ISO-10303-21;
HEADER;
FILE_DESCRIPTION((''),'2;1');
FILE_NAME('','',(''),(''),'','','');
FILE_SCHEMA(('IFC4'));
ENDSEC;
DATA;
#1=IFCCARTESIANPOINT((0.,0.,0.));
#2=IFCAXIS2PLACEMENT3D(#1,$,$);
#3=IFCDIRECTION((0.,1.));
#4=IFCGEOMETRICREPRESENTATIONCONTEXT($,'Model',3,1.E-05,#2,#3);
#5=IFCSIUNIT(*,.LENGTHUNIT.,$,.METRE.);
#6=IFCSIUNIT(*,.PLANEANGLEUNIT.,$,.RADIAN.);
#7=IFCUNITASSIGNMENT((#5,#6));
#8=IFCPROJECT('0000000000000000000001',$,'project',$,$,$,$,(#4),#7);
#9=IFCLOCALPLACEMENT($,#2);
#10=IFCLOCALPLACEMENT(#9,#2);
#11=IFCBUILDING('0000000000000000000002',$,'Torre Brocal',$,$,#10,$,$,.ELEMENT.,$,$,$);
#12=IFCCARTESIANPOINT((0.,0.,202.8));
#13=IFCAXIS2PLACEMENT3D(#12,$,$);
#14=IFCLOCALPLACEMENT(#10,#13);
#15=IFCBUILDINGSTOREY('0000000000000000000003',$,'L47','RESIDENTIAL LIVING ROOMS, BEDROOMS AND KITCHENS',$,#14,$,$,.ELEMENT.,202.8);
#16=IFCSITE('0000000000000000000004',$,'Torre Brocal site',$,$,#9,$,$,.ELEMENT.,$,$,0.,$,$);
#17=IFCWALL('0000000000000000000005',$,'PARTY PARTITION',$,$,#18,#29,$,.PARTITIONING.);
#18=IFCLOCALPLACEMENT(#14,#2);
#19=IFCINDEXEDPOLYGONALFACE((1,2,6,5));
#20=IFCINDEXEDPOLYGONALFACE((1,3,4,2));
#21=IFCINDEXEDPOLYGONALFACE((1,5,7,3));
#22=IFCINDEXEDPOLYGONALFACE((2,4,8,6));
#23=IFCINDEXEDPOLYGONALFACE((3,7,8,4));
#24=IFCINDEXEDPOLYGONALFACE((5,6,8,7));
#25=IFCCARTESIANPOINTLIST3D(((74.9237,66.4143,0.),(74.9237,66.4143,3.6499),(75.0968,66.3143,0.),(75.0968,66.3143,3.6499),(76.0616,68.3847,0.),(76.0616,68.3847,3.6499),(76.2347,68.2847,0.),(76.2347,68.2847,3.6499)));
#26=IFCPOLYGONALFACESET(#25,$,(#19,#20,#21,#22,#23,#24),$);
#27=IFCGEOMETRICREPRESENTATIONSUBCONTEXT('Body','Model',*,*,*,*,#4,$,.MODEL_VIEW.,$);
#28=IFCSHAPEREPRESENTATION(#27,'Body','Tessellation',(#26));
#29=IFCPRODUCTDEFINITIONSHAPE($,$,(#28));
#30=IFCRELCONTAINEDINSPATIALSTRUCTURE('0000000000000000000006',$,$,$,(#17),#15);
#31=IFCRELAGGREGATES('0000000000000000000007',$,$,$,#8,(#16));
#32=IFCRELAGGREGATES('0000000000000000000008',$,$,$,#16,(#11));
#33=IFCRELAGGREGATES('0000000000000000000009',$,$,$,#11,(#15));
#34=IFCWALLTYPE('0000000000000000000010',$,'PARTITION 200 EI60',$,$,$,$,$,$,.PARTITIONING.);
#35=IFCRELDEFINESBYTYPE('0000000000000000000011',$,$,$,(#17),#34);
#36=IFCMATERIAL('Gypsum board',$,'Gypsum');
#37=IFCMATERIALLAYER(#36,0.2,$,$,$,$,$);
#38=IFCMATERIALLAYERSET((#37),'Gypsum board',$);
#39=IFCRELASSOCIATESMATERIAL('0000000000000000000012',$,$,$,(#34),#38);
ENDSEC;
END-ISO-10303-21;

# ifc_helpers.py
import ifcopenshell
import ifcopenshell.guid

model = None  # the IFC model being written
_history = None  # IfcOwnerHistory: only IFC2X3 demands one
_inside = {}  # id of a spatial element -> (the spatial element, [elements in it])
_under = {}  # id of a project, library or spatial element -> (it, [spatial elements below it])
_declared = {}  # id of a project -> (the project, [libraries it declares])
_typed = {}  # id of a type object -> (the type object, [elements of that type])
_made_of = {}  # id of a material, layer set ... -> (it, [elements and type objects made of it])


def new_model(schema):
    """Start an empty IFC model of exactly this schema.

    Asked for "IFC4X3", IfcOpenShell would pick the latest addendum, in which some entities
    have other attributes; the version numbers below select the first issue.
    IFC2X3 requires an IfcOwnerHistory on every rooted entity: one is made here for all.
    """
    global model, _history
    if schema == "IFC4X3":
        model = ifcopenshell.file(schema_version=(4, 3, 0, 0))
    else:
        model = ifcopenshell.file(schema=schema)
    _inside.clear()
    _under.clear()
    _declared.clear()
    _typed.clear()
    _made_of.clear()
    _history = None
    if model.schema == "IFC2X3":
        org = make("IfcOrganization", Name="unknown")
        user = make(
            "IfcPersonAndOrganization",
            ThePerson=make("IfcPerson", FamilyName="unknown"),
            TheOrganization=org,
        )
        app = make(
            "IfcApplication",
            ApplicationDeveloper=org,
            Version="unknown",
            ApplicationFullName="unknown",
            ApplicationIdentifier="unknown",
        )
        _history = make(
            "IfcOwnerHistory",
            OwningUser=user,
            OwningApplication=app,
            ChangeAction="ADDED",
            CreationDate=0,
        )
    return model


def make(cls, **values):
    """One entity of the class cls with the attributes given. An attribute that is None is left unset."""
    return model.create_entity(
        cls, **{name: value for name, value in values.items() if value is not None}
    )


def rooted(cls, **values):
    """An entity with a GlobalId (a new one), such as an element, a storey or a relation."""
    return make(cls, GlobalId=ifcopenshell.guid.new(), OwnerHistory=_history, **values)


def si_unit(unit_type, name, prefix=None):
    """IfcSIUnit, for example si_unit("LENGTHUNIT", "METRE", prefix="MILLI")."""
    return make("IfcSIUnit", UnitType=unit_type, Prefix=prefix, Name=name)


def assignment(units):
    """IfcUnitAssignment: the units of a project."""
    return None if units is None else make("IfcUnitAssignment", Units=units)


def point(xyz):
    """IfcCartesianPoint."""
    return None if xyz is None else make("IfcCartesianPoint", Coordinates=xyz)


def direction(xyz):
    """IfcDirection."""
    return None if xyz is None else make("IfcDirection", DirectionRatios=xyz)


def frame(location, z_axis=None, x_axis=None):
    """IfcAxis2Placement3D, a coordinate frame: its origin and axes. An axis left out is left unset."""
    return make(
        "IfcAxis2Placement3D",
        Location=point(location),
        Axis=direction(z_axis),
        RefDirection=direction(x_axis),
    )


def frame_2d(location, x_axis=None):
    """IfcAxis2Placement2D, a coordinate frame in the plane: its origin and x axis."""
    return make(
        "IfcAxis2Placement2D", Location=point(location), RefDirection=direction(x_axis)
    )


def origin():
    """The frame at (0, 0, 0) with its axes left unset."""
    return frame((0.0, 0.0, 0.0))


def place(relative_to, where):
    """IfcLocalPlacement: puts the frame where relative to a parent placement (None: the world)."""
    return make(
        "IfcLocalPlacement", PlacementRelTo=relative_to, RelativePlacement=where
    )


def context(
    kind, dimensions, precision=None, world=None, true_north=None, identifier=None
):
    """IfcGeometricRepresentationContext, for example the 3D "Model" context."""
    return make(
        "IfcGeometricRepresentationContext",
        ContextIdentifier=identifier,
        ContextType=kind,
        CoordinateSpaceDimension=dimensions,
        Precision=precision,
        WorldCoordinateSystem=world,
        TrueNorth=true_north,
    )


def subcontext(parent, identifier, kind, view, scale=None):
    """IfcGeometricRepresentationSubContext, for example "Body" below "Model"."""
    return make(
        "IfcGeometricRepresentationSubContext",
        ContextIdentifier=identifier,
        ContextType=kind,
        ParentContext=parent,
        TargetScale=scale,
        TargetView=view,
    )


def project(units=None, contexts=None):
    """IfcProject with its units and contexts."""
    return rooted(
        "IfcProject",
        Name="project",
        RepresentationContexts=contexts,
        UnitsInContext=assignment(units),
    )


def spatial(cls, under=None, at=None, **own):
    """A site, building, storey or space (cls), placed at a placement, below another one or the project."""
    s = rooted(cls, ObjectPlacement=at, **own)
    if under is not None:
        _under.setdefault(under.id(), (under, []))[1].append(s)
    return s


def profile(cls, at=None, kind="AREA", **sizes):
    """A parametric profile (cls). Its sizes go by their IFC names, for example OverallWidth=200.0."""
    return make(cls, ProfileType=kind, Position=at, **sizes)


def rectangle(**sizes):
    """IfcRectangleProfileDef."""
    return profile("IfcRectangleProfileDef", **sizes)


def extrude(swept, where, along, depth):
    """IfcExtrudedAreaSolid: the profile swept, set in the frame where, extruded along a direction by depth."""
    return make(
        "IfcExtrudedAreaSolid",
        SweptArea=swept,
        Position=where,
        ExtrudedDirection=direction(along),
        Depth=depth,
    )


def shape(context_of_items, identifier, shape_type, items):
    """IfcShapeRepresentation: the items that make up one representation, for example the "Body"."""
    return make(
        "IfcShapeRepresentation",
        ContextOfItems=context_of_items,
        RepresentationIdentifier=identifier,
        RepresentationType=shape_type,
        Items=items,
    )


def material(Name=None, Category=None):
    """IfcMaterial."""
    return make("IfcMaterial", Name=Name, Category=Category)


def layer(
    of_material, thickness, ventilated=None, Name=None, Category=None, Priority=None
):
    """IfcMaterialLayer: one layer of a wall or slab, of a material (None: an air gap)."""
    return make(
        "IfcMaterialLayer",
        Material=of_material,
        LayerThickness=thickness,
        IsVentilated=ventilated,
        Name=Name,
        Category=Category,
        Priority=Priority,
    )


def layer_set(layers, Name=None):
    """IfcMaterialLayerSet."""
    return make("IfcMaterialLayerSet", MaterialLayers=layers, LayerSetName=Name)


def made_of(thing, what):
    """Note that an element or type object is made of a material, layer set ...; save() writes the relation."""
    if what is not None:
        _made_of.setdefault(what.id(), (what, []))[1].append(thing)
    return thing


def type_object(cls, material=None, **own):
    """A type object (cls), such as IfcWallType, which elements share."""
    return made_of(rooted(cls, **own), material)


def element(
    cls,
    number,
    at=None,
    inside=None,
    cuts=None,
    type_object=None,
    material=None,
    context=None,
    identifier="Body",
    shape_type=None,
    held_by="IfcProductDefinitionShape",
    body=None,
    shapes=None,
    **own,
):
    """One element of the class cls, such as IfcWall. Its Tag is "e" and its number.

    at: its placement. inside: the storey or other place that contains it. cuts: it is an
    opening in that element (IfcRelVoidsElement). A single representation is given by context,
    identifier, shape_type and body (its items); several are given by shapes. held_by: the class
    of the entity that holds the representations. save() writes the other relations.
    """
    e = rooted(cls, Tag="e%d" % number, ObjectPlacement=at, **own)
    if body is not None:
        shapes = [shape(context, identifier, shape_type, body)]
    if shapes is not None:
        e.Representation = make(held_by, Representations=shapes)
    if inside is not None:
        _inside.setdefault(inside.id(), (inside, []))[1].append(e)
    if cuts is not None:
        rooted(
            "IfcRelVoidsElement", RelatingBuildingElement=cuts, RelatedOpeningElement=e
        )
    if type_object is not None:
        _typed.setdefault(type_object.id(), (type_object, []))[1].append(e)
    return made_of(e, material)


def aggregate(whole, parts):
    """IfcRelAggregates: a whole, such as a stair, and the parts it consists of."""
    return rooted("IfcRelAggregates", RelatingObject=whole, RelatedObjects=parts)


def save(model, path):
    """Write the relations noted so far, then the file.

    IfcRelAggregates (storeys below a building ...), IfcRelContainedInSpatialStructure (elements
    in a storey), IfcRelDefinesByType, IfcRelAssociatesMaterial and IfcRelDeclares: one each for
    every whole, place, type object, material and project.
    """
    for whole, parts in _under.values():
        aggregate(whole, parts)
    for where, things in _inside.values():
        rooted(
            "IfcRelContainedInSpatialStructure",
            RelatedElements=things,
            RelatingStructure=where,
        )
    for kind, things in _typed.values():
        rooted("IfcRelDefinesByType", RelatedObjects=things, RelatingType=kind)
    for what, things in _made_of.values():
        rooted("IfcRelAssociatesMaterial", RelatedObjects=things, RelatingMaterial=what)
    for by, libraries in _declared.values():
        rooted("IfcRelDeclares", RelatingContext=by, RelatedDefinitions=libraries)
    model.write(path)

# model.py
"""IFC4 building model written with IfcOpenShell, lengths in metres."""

from ifc_helpers import new_model, si_unit, direction, frame, frame_2d, origin, place, context, subcontext, project, spatial, rectangle, extrude, material, layer, layer_set, type_object, element, save


model = new_model("IFC4")

# Units and contexts
model_context = context("Model", 3, precision=1e-05, world=origin(), true_north=direction((0.0, 1.0)))
body_context = subcontext(model_context, "Body", "Model", "MODEL_VIEW")
ifc_project = project(units=[si_unit("LENGTHUNIT", "METRE"), si_unit("PLANEANGLEUNIT", "RADIAN")], contexts=[model_context])

# Site, building, storey
site_placement = place(None, origin())
site = spatial("IfcSite", under=ifc_project, at=site_placement, Name="Torre Brocal site", CompositionType="ELEMENT", RefElevation=0.0)
building_placement = place(site_placement, origin())
building = spatial("IfcBuilding", under=site, at=building_placement, Name="Torre Brocal", CompositionType="ELEMENT")
storey_placement = place(building_placement, frame((0.0, 0.0, 202.8)))
storey = spatial("IfcBuildingStorey", under=building, at=storey_placement, Name="L47", Description="RESIDENTIAL LIVING ROOMS, BEDROOMS AND KITCHENS", CompositionType="ELEMENT", Elevation=202.8)

# Shared definitions
ifc_material_1 = material(Name="Gypsum board", Category="Gypsum")
ifc_layer_1 = layer(ifc_material_1, 0.2)
ifc_layer_set_1 = layer_set([ifc_layer_1], Name="Gypsum board")
wall_type_1 = type_object("IfcWallType", Name="PARTITION 200 EI60", PredefinedType="PARTITIONING", material=ifc_layer_set_1)

# Wall
wall_1_placement = place(storey_placement, frame((75.0103, 66.3643, 0.0), z_axis=(0.0, 0.0, 1.0), x_axis=(0.500097, 0.865969, 0.0)))
element("IfcWall", 1, at=wall_1_placement, inside=storey, type_object=wall_type_1, Name="PARTY PARTITION", PredefinedType="PARTITIONING", context=body_context, shape_type="SweptSolid", body=[
    extrude(rectangle(XDim=2.2754, YDim=0.2, at=frame_2d((1.1377, 0.0))), origin(), (0.0, 0.0, 1.0), 3.6499),
])

save(model, "model.ifc")
